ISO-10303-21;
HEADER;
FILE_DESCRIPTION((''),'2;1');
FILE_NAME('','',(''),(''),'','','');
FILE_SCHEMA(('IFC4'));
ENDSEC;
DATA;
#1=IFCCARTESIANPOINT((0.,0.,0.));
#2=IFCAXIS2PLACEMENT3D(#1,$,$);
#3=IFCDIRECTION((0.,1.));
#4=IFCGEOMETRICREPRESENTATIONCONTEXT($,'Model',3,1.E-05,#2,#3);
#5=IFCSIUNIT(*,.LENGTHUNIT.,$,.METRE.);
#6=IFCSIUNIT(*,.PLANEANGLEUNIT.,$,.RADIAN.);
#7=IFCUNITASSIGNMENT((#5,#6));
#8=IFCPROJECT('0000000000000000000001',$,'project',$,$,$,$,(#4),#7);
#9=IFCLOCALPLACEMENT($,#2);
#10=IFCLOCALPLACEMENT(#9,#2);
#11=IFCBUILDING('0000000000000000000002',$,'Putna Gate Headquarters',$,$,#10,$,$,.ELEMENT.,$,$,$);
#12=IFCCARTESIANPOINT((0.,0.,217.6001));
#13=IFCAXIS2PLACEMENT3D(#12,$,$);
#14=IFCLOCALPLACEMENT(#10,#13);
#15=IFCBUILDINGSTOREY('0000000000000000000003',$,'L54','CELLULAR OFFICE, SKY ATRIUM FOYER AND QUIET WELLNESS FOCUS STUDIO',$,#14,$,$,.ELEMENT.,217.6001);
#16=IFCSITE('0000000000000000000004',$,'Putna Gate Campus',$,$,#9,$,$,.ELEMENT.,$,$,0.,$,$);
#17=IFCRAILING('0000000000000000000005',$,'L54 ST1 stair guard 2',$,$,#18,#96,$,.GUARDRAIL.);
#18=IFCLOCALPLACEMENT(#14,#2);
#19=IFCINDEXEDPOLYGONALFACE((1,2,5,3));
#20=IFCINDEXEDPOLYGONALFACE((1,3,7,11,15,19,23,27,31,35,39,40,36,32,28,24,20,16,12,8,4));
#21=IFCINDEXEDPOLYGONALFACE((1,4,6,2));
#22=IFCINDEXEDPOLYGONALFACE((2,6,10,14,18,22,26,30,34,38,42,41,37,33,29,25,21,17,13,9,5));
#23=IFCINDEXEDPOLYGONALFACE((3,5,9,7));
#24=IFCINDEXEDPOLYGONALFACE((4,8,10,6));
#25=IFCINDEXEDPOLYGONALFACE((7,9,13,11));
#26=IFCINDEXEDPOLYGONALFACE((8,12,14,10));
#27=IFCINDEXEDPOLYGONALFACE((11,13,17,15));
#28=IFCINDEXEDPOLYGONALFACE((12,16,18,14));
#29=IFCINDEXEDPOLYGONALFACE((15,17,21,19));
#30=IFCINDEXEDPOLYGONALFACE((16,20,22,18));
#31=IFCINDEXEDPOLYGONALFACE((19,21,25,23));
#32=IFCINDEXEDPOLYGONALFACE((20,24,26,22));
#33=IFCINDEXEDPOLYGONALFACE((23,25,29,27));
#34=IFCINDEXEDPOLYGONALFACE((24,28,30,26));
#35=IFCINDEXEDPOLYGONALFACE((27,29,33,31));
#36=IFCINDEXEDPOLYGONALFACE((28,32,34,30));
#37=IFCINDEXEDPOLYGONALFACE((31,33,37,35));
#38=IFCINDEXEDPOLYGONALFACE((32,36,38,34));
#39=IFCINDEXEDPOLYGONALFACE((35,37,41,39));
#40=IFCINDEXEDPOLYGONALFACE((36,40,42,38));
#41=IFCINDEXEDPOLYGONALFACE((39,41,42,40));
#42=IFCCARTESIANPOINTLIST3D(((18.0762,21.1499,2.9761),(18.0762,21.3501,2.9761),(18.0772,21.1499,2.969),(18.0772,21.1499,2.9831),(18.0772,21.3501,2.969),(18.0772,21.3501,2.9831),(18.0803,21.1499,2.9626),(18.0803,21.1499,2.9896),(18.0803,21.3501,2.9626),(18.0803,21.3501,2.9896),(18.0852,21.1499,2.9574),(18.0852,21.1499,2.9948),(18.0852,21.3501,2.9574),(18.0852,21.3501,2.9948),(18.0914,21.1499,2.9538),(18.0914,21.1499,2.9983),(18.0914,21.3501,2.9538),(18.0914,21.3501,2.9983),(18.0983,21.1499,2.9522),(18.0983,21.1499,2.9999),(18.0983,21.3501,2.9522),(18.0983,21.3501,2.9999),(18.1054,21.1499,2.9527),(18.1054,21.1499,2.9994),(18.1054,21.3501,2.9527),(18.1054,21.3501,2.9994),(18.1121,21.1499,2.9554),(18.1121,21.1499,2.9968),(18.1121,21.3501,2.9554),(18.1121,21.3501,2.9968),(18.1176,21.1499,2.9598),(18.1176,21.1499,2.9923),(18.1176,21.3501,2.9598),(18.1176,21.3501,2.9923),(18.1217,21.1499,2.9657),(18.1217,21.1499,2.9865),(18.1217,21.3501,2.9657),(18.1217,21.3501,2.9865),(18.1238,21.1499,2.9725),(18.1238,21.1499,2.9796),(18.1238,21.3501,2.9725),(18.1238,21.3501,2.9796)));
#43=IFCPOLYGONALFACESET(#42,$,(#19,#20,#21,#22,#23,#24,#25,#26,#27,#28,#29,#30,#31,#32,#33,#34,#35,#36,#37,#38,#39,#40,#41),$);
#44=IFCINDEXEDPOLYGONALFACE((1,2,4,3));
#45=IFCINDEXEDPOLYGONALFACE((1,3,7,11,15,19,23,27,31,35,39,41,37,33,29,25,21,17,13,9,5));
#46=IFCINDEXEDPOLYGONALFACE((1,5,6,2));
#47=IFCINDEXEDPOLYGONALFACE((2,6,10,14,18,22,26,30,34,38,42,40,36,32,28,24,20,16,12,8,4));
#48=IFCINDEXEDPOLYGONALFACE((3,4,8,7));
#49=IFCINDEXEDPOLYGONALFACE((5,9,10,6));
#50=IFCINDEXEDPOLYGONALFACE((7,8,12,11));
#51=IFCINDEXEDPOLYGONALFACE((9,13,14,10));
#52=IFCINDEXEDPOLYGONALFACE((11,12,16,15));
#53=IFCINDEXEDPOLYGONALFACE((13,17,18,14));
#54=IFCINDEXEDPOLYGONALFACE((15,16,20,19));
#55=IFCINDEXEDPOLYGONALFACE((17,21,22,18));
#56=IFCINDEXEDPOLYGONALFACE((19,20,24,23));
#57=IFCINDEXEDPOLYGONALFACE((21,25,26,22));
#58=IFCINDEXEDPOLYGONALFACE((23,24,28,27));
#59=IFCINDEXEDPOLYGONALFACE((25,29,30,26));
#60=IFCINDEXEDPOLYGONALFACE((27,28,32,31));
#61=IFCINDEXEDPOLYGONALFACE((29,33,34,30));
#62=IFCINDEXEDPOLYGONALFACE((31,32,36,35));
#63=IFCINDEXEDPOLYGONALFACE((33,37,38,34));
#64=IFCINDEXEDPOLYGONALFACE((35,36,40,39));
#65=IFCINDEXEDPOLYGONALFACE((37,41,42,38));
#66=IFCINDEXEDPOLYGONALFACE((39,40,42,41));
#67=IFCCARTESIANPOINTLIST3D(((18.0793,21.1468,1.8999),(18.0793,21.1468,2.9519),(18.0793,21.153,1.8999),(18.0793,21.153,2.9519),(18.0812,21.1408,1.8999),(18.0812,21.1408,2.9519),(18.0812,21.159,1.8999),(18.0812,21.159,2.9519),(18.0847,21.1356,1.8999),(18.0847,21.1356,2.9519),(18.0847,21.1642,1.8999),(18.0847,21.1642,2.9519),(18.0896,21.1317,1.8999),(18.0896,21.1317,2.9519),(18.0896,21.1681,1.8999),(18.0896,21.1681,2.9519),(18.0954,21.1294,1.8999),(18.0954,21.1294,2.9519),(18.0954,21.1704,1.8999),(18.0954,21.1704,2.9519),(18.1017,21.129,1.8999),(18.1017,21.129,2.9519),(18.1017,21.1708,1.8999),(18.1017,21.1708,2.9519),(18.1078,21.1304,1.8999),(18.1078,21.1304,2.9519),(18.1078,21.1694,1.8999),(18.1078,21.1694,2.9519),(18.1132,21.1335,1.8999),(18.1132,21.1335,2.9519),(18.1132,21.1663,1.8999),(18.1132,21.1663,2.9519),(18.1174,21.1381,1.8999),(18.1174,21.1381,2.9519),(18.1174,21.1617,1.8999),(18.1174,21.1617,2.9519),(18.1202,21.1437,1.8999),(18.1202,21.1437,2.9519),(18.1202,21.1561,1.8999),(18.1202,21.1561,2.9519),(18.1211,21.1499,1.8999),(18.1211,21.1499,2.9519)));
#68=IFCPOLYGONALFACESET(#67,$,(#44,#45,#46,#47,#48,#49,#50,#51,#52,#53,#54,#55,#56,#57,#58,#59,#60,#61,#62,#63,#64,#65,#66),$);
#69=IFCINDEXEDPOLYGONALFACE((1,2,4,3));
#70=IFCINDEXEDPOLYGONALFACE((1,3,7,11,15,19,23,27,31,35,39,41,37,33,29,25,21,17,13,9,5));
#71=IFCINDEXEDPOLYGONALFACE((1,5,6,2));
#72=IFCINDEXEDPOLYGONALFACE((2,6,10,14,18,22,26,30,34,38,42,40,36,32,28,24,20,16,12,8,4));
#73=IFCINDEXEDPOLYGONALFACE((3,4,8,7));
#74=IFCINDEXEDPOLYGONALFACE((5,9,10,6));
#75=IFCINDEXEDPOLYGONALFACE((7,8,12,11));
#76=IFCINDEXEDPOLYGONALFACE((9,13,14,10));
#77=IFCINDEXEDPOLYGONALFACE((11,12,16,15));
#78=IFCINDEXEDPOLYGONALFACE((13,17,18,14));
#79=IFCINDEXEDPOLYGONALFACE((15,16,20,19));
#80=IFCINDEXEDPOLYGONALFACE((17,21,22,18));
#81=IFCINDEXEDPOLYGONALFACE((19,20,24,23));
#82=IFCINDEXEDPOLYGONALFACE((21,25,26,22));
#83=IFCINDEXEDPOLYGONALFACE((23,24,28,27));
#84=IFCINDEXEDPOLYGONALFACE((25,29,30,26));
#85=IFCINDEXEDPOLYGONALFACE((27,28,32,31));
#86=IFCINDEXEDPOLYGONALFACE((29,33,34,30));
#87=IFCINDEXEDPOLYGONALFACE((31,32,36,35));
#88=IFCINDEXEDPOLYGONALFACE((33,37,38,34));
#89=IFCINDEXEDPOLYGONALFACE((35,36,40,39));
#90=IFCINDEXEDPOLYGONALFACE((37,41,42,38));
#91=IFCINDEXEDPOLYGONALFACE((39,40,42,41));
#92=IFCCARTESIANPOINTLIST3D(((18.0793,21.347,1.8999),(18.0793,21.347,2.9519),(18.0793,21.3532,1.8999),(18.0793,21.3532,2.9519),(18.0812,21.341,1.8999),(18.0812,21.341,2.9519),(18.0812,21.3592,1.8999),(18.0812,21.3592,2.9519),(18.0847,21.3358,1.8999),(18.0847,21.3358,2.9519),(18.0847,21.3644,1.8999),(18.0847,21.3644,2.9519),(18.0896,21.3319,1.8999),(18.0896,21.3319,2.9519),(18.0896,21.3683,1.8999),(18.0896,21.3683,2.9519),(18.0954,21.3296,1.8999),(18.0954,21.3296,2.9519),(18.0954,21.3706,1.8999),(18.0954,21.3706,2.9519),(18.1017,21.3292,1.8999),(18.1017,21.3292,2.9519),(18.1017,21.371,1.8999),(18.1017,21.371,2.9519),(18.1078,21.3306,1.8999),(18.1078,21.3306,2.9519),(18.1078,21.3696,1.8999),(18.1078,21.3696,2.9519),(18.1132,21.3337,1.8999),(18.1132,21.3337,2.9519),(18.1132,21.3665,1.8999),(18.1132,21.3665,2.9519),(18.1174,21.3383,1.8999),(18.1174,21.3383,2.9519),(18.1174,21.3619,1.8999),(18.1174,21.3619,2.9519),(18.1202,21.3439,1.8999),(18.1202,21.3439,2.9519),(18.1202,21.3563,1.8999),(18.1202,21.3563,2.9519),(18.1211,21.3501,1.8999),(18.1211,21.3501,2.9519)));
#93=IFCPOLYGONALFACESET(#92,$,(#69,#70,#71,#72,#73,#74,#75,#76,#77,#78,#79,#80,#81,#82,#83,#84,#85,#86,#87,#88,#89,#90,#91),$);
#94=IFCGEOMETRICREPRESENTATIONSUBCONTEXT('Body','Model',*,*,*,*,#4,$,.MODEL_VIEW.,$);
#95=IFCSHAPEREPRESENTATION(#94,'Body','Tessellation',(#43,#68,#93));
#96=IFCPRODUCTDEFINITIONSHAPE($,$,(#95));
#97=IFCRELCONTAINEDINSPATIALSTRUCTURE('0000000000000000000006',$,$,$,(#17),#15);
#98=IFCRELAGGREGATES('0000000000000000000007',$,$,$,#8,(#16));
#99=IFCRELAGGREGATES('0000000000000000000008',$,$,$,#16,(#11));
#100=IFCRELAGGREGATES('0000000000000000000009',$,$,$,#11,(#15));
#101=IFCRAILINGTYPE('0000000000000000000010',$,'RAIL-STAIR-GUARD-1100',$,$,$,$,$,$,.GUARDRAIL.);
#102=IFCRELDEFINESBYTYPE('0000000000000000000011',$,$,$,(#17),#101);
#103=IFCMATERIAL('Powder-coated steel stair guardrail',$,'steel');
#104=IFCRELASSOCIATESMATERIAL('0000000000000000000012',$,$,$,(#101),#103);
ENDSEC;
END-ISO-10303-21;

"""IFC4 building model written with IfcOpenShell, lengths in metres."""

from ifc_helpers import new_model, si_unit, direction, frame, origin, origin_2d, place, context, subcontext, project, spatial, circle, extrude, material, type_object, element, save


model = new_model("IFC4")

# Units and contexts
model_context = context("Model", 3, precision=1e-05, world=origin(), true_north=direction((0.0, 1.0)))
body_context = subcontext(model_context, "Body", "Model", "MODEL_VIEW")
ifc_project = project(units=[si_unit("LENGTHUNIT", "METRE"), si_unit("PLANEANGLEUNIT", "RADIAN")], contexts=[model_context])

# Site, building, storey
site_placement = place(None, origin())
site = spatial("IfcSite", under=ifc_project, at=site_placement, Name="Putna Gate Campus", CompositionType="ELEMENT", RefElevation=0.0)
building_placement = place(site_placement, origin())
building = spatial("IfcBuilding", under=site, at=building_placement, Name="Putna Gate Headquarters", CompositionType="ELEMENT")
storey_placement = place(building_placement, frame((0.0, 0.0, 217.6001)))
storey = spatial("IfcBuildingStorey", under=building, at=storey_placement, Name="L54", Description="CELLULAR OFFICE, SKY ATRIUM FOYER AND QUIET WELLNESS FOCUS STUDIO", CompositionType="ELEMENT", Elevation=217.6001)

# Railing
ifc_material_1 = material(Name="Powder-coated steel stair guardrail", Category="steel")
railing_type_1 = type_object("IfcRailingType", Name="RAIL-STAIR-GUARD-1100", PredefinedType="GUARDRAIL", material=ifc_material_1)
railing_1_placement = place(storey_placement, frame((18.1001, 21.1499, 1.8999)))
element("IfcRailing", 1, at=railing_1_placement, inside=storey, type_object=railing_type_1, Name="L54 ST1 stair guard 2", PredefinedType="GUARDRAIL", context=body_context, shape_type="SweptSolid", body=[
    extrude(circle(Radius=0.0239, at=origin_2d()), frame((0.0, 0.0, 1.0762), z_axis=(0.0, 1.0, 0.0), x_axis=(-1.0, 0.0, 0.0)), (0.0, 0.0, 1.0), 0.2002),
    extrude(circle(Radius=0.021, at=origin_2d()), origin(), (0.0, 0.0, 1.0), 1.052),
    extrude(circle(Radius=0.021, at=origin_2d()), frame((0.0, 0.2002, 0.0)), (0.0, 0.0, 1.0), 1.052),
])

save(model, "model.ifc")
